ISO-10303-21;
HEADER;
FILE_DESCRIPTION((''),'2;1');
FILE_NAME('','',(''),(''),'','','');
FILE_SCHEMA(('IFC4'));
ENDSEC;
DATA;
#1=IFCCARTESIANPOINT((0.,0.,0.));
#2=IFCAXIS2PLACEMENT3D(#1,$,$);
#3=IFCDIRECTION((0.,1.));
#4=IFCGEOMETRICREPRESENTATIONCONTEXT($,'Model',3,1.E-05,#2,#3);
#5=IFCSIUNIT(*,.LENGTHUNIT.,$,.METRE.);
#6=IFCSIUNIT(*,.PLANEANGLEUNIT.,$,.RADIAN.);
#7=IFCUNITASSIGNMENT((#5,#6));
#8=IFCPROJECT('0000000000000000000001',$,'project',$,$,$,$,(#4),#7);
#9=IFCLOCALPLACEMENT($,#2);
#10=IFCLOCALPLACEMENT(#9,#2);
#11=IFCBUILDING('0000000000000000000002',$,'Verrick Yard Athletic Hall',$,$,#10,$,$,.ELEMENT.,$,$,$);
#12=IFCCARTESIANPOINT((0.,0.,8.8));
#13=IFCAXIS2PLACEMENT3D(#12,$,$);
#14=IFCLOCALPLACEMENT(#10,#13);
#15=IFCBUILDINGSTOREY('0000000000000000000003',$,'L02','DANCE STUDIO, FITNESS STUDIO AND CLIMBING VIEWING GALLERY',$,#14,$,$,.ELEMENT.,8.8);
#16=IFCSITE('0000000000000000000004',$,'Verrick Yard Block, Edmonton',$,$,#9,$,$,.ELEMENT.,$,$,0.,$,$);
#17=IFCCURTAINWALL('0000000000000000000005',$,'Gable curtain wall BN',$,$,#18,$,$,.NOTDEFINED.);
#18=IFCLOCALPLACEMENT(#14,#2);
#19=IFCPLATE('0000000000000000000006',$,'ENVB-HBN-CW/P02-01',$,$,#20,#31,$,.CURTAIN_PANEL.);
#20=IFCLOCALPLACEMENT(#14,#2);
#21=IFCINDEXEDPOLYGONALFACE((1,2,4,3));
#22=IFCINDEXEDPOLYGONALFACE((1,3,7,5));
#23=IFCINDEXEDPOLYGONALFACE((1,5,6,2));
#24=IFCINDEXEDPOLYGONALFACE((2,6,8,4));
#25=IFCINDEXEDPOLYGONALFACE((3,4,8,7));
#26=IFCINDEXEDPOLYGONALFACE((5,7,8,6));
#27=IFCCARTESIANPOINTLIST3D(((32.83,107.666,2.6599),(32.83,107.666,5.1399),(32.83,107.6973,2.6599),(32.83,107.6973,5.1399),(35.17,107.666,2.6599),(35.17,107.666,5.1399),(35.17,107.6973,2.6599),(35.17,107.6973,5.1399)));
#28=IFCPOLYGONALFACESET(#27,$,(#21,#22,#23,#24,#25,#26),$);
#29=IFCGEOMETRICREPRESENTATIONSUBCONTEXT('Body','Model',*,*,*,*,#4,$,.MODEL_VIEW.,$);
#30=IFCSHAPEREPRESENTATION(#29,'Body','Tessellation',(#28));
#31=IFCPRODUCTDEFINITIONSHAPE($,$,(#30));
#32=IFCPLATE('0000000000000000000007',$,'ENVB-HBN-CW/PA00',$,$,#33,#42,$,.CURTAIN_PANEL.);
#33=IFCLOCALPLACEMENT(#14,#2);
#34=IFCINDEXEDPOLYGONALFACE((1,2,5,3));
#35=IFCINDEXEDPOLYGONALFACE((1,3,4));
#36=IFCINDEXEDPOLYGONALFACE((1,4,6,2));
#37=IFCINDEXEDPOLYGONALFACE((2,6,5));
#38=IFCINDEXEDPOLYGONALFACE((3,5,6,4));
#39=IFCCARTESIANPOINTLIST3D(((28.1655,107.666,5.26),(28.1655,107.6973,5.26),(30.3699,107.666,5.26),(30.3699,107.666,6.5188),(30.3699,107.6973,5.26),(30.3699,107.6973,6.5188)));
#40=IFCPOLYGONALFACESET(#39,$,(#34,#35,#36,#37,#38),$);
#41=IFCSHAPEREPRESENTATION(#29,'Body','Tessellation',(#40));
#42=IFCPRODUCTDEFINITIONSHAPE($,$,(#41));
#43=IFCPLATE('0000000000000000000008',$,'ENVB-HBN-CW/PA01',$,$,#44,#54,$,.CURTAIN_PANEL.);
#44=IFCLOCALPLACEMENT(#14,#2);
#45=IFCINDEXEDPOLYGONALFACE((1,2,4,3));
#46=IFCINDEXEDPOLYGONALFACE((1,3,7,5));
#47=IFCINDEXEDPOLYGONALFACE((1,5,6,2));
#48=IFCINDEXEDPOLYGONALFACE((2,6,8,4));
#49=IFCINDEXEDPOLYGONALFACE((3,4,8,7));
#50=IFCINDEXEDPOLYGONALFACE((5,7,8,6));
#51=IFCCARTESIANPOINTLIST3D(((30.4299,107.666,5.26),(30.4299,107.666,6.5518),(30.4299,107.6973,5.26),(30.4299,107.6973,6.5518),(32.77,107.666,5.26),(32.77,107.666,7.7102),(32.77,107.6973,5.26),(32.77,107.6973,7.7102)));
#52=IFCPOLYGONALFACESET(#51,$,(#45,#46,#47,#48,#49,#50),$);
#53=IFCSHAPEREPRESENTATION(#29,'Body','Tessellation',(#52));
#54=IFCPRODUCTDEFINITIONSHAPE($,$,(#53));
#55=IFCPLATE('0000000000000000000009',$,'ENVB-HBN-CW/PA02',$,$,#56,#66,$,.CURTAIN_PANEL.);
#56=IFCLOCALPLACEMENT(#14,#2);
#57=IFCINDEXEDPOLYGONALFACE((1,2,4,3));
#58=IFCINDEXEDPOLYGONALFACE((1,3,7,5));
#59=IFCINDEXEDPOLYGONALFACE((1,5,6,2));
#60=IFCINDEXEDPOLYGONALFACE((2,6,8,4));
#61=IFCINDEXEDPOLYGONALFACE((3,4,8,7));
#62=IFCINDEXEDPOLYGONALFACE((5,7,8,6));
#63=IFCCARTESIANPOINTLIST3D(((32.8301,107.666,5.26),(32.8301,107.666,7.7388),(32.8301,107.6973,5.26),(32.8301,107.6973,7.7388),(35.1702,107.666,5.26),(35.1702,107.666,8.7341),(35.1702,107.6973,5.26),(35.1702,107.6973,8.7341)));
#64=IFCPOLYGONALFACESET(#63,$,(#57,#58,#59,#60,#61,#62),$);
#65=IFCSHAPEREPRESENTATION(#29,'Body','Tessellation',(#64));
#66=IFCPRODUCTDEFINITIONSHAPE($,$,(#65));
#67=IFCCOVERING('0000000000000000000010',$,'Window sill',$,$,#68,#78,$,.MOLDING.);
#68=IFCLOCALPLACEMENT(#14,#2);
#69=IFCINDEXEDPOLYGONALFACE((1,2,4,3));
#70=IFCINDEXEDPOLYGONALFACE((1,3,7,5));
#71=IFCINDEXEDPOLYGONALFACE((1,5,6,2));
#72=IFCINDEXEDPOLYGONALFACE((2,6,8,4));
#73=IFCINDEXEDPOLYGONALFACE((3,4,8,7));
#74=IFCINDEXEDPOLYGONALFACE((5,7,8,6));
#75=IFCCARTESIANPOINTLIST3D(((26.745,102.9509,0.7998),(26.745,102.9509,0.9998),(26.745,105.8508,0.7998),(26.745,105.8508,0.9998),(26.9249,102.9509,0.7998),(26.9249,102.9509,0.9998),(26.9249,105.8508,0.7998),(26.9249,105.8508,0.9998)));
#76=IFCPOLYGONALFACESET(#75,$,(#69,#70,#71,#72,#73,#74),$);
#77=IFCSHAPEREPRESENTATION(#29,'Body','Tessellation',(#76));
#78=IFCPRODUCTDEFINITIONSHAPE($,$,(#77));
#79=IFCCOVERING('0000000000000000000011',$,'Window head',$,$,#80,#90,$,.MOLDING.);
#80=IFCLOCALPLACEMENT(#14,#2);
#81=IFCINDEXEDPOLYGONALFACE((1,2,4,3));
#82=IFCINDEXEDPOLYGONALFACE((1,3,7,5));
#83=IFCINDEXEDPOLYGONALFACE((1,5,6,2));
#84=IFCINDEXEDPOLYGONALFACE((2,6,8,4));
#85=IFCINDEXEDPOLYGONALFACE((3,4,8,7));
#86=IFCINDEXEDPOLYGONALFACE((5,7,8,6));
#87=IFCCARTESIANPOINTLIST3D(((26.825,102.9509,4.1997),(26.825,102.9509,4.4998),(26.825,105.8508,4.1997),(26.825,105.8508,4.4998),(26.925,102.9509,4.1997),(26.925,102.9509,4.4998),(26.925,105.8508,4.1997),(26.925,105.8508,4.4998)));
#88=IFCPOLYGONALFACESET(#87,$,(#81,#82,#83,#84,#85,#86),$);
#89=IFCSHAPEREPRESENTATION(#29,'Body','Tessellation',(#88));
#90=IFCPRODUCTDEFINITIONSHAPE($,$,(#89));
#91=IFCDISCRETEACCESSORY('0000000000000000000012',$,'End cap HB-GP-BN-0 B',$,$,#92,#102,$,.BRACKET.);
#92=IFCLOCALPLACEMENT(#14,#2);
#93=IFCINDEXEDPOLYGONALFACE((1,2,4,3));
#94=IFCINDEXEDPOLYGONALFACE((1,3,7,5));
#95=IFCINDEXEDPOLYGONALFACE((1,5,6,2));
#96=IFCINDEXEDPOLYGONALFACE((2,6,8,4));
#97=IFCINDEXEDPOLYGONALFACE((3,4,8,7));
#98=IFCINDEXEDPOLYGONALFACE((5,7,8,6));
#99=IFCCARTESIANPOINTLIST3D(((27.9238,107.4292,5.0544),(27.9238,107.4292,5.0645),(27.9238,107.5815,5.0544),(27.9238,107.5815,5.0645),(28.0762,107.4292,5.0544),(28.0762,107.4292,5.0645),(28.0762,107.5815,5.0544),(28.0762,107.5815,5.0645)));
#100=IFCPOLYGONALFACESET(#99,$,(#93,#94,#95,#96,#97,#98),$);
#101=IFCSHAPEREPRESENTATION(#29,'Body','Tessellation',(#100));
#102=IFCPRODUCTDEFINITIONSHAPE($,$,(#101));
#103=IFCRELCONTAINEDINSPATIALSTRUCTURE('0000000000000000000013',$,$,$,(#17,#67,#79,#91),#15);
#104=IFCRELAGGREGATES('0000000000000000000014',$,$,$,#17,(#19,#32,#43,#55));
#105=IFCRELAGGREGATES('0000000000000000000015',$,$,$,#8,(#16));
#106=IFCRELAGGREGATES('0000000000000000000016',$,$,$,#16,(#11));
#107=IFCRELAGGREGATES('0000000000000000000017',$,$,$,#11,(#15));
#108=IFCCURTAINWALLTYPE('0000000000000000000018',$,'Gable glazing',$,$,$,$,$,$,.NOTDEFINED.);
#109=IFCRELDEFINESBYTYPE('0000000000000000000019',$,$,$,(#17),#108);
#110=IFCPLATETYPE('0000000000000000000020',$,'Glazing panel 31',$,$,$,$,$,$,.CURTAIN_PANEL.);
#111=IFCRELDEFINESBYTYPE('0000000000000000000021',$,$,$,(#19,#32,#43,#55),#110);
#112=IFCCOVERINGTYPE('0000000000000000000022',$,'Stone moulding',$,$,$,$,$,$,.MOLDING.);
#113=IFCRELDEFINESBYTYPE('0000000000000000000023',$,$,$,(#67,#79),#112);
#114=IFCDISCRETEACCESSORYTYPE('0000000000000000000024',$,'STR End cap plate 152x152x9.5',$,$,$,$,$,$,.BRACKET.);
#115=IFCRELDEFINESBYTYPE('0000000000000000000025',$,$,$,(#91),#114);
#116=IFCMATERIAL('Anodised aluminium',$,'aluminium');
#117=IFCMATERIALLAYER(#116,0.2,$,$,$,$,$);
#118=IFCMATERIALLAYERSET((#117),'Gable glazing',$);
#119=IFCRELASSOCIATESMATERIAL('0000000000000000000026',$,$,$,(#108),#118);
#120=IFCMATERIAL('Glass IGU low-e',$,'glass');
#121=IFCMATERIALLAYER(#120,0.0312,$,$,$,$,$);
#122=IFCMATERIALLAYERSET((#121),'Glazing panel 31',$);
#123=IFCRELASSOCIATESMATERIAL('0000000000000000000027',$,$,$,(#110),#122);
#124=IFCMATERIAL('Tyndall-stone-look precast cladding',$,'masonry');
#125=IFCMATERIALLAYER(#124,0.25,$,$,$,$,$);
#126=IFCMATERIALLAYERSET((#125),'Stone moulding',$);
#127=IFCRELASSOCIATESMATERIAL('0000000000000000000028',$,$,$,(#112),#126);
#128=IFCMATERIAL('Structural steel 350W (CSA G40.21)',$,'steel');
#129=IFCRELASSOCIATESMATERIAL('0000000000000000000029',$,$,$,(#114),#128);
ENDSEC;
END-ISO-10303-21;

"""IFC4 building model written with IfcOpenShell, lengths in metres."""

from ifc_helpers import new_model, si_unit, direction, frame, origin, origin_2d, place, context, subcontext, project, spatial, polyline, rectangle, outline, extrude, material, layer, layer_set, material_profile, profile_set, type_object, element, aggregate, save


model = new_model("IFC4")

# Units and contexts
model_context = context("Model", 3, precision=1e-05, world=origin(), true_north=direction((0.0, 1.0)))
body_context = subcontext(model_context, "Body", "Model", "MODEL_VIEW")
ifc_project = project(units=[si_unit("LENGTHUNIT", "METRE"), si_unit("PLANEANGLEUNIT", "RADIAN")], contexts=[model_context])

# Site, building, storey
site_placement = place(None, origin())
site = spatial("IfcSite", under=ifc_project, at=site_placement, Name="Verrick Yard Block, Edmonton", CompositionType="ELEMENT", RefElevation=0.0)
building_placement = place(site_placement, origin())
building = spatial("IfcBuilding", under=site, at=building_placement, Name="Verrick Yard Athletic Hall", CompositionType="ELEMENT")
storey_placement = place(building_placement, frame((0.0, 0.0, 8.8)))
storey = spatial("IfcBuildingStorey", under=building, at=storey_placement, Name="L02", Description="DANCE STUDIO, FITNESS STUDIO AND CLIMBING VIEWING GALLERY", CompositionType="ELEMENT", Elevation=8.8)

# Curtain wall
ifc_material_1 = material(Name="Anodised aluminium", Category="aluminium")
ifc_layer_1 = layer(ifc_material_1, 0.2)
ifc_layer_set_1 = layer_set([ifc_layer_1], Name="Gable glazing")
curtain_wall_type = type_object("IfcCurtainWallType", Name="Gable glazing", PredefinedType="NOTDEFINED", material=ifc_layer_set_1)
curtain_wall_placement = place(storey_placement, origin())
curtain_wall = element("IfcCurtainWall", 1, at=curtain_wall_placement, inside=storey, type_object=curtain_wall_type, Name="Gable curtain wall BN", PredefinedType="NOTDEFINED")

# Plates
ifc_material_2 = material(Name="Glass IGU low-e", Category="glass")
ifc_layer_2 = layer(ifc_material_2, 0.0312)
ifc_layer_set_2 = layer_set([ifc_layer_2], Name="Glazing panel 31")
plate_type = type_object("IfcPlateType", Name="Glazing panel 31", PredefinedType="CURTAIN_PANEL", material=ifc_layer_set_2)
plate_1_placement = place(storey_placement, frame((34.0, 107.6816, 2.6599), z_axis=(0.0, 0.0, 1.0), x_axis=(1.0, 0.0, 0.0)))
plate_1 = element("IfcPlate", 2, at=plate_1_placement, type_object=plate_type, Name="ENVB-HBN-CW/P02-01", PredefinedType="CURTAIN_PANEL", context=body_context, shape_type="SweptSolid", body=[
    extrude(rectangle(XDim=2.3401, YDim=0.0312, at=origin_2d()), origin(), (0.0, 0.0, 1.0), 2.48),
])
plate_2_placement = place(storey_placement, frame((28.1655, 107.6816, 5.26), z_axis=(0.0, 0.0, 1.0), x_axis=(1.0, 0.0, 0.0)))
plate_2 = element("IfcPlate", 3, at=plate_2_placement, type_object=plate_type, Name="ENVB-HBN-CW/PA00", PredefinedType="CURTAIN_PANEL", context=body_context, shape_type="SweptSolid", body=[
    extrude(outline(polyline([(2.2043, 1.2588), (2.2043, 0.0), (0.0, 0.0), (2.2043, 1.2588)])), frame((0.0, 0.0156, 0.0), z_axis=(0.0, -1.0, 0.0), x_axis=(1.0, 0.0, 0.0)), (0.0, 0.0, 1.0), 0.0312),
])
plate_3_placement = place(storey_placement, frame((30.4299, 107.6816, 5.26), z_axis=(0.0, 0.0, 1.0), x_axis=(1.0, 0.0, 0.0)))
plate_3 = element("IfcPlate", 4, at=plate_3_placement, type_object=plate_type, Name="ENVB-HBN-CW/PA01", PredefinedType="CURTAIN_PANEL", context=body_context, shape_type="SweptSolid", body=[
    extrude(outline(polyline([(0.0, 1.2917), (2.3401, 2.4502), (2.3401, 0.0), (0.0, 0.0), (0.0, 1.2917)])), frame((0.0, 0.0156, 0.0), z_axis=(0.0, -1.0, 0.0), x_axis=(1.0, 0.0, 0.0)), (0.0, 0.0, 1.0), 0.0312),
])
plate_4_placement = place(storey_placement, frame((32.8301, 107.6816, 5.26), z_axis=(0.0, 0.0, 1.0), x_axis=(1.0, 0.0, 0.0)))
plate_4 = element("IfcPlate", 5, at=plate_4_placement, type_object=plate_type, Name="ENVB-HBN-CW/PA02", PredefinedType="CURTAIN_PANEL", context=body_context, shape_type="SweptSolid", body=[
    extrude(outline(polyline([(0.0, 2.4788), (2.3401, 3.4741), (2.3401, 0.0), (0.0, 0.0), (0.0, 2.4788)])), frame((0.0, 0.0156, 0.0), z_axis=(0.0, -1.0, 0.0), x_axis=(1.0, 0.0, 0.0)), (0.0, 0.0, 1.0), 0.0312),
])
aggregate(curtain_wall, [plate_1, plate_2, plate_3, plate_4])

# Coverings
ifc_material_3 = material(Name="Tyndall-stone-look precast cladding", Category="masonry")
ifc_layer_3 = layer(ifc_material_3, 0.25)
ifc_layer_set_3 = layer_set([ifc_layer_3], Name="Stone moulding")
covering_type = type_object("IfcCoveringType", Name="Stone moulding", PredefinedType="MOLDING", material=ifc_layer_set_3)
covering_1_placement = place(storey_placement, frame((26.835, 104.4009, 0.7998), z_axis=(0.0, 0.0, 1.0), x_axis=(0.0, 1.0, 0.0)))
element("IfcCovering", 6, at=covering_1_placement, inside=storey, type_object=covering_type, Name="Window sill", PredefinedType="MOLDING", context=body_context, shape_type="SweptSolid", body=[
    extrude(rectangle(XDim=2.8999, YDim=0.1799, at=origin_2d()), origin(), (0.0, 0.0, 1.0), 0.2),
])
covering_2_placement = place(storey_placement, frame((26.875, 104.4009, 4.1997), z_axis=(0.0, 0.0, 1.0), x_axis=(0.0, 1.0, 0.0)))
element("IfcCovering", 7, at=covering_2_placement, inside=storey, type_object=covering_type, Name="Window head", PredefinedType="MOLDING", context=body_context, shape_type="SweptSolid", body=[
    extrude(rectangle(XDim=2.8999, YDim=0.1001, at=origin_2d()), origin(), (0.0, 0.0, 1.0), 0.3),
])

# Discrete accessory
ifc_material_4 = material(Name="Structural steel 350W (CSA G40.21)", Category="steel")
ifc_material_profile_1 = material_profile(ifc_material_4, rectangle(XDim=0.1523, YDim=0.1523, at=origin_2d()), Name="STR End cap plate 152x152x9.5")
ifc_profile_set_1 = profile_set([ifc_material_profile_1], Name="Structural steel 350W (CSA G40.21)")
discrete_accessory_type = type_object("IfcDiscreteAccessoryType", Name="STR End cap plate 152x152x9.5", PredefinedType="BRACKET", material=ifc_profile_set_1)
discrete_accessory_placement = place(storey_placement, frame((28.0, 107.5054, 5.0544), z_axis=(0.0, 0.0, 1.0), x_axis=(1.0, 0.0, 0.0)))
element("IfcDiscreteAccessory", 8, at=discrete_accessory_placement, inside=storey, type_object=discrete_accessory_type, Name="End cap HB-GP-BN-0 B", PredefinedType="BRACKET", context=body_context, shape_type="SweptSolid", body=[
    extrude(rectangle(XDim=0.1523, YDim=0.1523, at=origin_2d()), origin(), (0.0, 0.0, 1.0), 0.01),
])

save(model, "model.ifc")
